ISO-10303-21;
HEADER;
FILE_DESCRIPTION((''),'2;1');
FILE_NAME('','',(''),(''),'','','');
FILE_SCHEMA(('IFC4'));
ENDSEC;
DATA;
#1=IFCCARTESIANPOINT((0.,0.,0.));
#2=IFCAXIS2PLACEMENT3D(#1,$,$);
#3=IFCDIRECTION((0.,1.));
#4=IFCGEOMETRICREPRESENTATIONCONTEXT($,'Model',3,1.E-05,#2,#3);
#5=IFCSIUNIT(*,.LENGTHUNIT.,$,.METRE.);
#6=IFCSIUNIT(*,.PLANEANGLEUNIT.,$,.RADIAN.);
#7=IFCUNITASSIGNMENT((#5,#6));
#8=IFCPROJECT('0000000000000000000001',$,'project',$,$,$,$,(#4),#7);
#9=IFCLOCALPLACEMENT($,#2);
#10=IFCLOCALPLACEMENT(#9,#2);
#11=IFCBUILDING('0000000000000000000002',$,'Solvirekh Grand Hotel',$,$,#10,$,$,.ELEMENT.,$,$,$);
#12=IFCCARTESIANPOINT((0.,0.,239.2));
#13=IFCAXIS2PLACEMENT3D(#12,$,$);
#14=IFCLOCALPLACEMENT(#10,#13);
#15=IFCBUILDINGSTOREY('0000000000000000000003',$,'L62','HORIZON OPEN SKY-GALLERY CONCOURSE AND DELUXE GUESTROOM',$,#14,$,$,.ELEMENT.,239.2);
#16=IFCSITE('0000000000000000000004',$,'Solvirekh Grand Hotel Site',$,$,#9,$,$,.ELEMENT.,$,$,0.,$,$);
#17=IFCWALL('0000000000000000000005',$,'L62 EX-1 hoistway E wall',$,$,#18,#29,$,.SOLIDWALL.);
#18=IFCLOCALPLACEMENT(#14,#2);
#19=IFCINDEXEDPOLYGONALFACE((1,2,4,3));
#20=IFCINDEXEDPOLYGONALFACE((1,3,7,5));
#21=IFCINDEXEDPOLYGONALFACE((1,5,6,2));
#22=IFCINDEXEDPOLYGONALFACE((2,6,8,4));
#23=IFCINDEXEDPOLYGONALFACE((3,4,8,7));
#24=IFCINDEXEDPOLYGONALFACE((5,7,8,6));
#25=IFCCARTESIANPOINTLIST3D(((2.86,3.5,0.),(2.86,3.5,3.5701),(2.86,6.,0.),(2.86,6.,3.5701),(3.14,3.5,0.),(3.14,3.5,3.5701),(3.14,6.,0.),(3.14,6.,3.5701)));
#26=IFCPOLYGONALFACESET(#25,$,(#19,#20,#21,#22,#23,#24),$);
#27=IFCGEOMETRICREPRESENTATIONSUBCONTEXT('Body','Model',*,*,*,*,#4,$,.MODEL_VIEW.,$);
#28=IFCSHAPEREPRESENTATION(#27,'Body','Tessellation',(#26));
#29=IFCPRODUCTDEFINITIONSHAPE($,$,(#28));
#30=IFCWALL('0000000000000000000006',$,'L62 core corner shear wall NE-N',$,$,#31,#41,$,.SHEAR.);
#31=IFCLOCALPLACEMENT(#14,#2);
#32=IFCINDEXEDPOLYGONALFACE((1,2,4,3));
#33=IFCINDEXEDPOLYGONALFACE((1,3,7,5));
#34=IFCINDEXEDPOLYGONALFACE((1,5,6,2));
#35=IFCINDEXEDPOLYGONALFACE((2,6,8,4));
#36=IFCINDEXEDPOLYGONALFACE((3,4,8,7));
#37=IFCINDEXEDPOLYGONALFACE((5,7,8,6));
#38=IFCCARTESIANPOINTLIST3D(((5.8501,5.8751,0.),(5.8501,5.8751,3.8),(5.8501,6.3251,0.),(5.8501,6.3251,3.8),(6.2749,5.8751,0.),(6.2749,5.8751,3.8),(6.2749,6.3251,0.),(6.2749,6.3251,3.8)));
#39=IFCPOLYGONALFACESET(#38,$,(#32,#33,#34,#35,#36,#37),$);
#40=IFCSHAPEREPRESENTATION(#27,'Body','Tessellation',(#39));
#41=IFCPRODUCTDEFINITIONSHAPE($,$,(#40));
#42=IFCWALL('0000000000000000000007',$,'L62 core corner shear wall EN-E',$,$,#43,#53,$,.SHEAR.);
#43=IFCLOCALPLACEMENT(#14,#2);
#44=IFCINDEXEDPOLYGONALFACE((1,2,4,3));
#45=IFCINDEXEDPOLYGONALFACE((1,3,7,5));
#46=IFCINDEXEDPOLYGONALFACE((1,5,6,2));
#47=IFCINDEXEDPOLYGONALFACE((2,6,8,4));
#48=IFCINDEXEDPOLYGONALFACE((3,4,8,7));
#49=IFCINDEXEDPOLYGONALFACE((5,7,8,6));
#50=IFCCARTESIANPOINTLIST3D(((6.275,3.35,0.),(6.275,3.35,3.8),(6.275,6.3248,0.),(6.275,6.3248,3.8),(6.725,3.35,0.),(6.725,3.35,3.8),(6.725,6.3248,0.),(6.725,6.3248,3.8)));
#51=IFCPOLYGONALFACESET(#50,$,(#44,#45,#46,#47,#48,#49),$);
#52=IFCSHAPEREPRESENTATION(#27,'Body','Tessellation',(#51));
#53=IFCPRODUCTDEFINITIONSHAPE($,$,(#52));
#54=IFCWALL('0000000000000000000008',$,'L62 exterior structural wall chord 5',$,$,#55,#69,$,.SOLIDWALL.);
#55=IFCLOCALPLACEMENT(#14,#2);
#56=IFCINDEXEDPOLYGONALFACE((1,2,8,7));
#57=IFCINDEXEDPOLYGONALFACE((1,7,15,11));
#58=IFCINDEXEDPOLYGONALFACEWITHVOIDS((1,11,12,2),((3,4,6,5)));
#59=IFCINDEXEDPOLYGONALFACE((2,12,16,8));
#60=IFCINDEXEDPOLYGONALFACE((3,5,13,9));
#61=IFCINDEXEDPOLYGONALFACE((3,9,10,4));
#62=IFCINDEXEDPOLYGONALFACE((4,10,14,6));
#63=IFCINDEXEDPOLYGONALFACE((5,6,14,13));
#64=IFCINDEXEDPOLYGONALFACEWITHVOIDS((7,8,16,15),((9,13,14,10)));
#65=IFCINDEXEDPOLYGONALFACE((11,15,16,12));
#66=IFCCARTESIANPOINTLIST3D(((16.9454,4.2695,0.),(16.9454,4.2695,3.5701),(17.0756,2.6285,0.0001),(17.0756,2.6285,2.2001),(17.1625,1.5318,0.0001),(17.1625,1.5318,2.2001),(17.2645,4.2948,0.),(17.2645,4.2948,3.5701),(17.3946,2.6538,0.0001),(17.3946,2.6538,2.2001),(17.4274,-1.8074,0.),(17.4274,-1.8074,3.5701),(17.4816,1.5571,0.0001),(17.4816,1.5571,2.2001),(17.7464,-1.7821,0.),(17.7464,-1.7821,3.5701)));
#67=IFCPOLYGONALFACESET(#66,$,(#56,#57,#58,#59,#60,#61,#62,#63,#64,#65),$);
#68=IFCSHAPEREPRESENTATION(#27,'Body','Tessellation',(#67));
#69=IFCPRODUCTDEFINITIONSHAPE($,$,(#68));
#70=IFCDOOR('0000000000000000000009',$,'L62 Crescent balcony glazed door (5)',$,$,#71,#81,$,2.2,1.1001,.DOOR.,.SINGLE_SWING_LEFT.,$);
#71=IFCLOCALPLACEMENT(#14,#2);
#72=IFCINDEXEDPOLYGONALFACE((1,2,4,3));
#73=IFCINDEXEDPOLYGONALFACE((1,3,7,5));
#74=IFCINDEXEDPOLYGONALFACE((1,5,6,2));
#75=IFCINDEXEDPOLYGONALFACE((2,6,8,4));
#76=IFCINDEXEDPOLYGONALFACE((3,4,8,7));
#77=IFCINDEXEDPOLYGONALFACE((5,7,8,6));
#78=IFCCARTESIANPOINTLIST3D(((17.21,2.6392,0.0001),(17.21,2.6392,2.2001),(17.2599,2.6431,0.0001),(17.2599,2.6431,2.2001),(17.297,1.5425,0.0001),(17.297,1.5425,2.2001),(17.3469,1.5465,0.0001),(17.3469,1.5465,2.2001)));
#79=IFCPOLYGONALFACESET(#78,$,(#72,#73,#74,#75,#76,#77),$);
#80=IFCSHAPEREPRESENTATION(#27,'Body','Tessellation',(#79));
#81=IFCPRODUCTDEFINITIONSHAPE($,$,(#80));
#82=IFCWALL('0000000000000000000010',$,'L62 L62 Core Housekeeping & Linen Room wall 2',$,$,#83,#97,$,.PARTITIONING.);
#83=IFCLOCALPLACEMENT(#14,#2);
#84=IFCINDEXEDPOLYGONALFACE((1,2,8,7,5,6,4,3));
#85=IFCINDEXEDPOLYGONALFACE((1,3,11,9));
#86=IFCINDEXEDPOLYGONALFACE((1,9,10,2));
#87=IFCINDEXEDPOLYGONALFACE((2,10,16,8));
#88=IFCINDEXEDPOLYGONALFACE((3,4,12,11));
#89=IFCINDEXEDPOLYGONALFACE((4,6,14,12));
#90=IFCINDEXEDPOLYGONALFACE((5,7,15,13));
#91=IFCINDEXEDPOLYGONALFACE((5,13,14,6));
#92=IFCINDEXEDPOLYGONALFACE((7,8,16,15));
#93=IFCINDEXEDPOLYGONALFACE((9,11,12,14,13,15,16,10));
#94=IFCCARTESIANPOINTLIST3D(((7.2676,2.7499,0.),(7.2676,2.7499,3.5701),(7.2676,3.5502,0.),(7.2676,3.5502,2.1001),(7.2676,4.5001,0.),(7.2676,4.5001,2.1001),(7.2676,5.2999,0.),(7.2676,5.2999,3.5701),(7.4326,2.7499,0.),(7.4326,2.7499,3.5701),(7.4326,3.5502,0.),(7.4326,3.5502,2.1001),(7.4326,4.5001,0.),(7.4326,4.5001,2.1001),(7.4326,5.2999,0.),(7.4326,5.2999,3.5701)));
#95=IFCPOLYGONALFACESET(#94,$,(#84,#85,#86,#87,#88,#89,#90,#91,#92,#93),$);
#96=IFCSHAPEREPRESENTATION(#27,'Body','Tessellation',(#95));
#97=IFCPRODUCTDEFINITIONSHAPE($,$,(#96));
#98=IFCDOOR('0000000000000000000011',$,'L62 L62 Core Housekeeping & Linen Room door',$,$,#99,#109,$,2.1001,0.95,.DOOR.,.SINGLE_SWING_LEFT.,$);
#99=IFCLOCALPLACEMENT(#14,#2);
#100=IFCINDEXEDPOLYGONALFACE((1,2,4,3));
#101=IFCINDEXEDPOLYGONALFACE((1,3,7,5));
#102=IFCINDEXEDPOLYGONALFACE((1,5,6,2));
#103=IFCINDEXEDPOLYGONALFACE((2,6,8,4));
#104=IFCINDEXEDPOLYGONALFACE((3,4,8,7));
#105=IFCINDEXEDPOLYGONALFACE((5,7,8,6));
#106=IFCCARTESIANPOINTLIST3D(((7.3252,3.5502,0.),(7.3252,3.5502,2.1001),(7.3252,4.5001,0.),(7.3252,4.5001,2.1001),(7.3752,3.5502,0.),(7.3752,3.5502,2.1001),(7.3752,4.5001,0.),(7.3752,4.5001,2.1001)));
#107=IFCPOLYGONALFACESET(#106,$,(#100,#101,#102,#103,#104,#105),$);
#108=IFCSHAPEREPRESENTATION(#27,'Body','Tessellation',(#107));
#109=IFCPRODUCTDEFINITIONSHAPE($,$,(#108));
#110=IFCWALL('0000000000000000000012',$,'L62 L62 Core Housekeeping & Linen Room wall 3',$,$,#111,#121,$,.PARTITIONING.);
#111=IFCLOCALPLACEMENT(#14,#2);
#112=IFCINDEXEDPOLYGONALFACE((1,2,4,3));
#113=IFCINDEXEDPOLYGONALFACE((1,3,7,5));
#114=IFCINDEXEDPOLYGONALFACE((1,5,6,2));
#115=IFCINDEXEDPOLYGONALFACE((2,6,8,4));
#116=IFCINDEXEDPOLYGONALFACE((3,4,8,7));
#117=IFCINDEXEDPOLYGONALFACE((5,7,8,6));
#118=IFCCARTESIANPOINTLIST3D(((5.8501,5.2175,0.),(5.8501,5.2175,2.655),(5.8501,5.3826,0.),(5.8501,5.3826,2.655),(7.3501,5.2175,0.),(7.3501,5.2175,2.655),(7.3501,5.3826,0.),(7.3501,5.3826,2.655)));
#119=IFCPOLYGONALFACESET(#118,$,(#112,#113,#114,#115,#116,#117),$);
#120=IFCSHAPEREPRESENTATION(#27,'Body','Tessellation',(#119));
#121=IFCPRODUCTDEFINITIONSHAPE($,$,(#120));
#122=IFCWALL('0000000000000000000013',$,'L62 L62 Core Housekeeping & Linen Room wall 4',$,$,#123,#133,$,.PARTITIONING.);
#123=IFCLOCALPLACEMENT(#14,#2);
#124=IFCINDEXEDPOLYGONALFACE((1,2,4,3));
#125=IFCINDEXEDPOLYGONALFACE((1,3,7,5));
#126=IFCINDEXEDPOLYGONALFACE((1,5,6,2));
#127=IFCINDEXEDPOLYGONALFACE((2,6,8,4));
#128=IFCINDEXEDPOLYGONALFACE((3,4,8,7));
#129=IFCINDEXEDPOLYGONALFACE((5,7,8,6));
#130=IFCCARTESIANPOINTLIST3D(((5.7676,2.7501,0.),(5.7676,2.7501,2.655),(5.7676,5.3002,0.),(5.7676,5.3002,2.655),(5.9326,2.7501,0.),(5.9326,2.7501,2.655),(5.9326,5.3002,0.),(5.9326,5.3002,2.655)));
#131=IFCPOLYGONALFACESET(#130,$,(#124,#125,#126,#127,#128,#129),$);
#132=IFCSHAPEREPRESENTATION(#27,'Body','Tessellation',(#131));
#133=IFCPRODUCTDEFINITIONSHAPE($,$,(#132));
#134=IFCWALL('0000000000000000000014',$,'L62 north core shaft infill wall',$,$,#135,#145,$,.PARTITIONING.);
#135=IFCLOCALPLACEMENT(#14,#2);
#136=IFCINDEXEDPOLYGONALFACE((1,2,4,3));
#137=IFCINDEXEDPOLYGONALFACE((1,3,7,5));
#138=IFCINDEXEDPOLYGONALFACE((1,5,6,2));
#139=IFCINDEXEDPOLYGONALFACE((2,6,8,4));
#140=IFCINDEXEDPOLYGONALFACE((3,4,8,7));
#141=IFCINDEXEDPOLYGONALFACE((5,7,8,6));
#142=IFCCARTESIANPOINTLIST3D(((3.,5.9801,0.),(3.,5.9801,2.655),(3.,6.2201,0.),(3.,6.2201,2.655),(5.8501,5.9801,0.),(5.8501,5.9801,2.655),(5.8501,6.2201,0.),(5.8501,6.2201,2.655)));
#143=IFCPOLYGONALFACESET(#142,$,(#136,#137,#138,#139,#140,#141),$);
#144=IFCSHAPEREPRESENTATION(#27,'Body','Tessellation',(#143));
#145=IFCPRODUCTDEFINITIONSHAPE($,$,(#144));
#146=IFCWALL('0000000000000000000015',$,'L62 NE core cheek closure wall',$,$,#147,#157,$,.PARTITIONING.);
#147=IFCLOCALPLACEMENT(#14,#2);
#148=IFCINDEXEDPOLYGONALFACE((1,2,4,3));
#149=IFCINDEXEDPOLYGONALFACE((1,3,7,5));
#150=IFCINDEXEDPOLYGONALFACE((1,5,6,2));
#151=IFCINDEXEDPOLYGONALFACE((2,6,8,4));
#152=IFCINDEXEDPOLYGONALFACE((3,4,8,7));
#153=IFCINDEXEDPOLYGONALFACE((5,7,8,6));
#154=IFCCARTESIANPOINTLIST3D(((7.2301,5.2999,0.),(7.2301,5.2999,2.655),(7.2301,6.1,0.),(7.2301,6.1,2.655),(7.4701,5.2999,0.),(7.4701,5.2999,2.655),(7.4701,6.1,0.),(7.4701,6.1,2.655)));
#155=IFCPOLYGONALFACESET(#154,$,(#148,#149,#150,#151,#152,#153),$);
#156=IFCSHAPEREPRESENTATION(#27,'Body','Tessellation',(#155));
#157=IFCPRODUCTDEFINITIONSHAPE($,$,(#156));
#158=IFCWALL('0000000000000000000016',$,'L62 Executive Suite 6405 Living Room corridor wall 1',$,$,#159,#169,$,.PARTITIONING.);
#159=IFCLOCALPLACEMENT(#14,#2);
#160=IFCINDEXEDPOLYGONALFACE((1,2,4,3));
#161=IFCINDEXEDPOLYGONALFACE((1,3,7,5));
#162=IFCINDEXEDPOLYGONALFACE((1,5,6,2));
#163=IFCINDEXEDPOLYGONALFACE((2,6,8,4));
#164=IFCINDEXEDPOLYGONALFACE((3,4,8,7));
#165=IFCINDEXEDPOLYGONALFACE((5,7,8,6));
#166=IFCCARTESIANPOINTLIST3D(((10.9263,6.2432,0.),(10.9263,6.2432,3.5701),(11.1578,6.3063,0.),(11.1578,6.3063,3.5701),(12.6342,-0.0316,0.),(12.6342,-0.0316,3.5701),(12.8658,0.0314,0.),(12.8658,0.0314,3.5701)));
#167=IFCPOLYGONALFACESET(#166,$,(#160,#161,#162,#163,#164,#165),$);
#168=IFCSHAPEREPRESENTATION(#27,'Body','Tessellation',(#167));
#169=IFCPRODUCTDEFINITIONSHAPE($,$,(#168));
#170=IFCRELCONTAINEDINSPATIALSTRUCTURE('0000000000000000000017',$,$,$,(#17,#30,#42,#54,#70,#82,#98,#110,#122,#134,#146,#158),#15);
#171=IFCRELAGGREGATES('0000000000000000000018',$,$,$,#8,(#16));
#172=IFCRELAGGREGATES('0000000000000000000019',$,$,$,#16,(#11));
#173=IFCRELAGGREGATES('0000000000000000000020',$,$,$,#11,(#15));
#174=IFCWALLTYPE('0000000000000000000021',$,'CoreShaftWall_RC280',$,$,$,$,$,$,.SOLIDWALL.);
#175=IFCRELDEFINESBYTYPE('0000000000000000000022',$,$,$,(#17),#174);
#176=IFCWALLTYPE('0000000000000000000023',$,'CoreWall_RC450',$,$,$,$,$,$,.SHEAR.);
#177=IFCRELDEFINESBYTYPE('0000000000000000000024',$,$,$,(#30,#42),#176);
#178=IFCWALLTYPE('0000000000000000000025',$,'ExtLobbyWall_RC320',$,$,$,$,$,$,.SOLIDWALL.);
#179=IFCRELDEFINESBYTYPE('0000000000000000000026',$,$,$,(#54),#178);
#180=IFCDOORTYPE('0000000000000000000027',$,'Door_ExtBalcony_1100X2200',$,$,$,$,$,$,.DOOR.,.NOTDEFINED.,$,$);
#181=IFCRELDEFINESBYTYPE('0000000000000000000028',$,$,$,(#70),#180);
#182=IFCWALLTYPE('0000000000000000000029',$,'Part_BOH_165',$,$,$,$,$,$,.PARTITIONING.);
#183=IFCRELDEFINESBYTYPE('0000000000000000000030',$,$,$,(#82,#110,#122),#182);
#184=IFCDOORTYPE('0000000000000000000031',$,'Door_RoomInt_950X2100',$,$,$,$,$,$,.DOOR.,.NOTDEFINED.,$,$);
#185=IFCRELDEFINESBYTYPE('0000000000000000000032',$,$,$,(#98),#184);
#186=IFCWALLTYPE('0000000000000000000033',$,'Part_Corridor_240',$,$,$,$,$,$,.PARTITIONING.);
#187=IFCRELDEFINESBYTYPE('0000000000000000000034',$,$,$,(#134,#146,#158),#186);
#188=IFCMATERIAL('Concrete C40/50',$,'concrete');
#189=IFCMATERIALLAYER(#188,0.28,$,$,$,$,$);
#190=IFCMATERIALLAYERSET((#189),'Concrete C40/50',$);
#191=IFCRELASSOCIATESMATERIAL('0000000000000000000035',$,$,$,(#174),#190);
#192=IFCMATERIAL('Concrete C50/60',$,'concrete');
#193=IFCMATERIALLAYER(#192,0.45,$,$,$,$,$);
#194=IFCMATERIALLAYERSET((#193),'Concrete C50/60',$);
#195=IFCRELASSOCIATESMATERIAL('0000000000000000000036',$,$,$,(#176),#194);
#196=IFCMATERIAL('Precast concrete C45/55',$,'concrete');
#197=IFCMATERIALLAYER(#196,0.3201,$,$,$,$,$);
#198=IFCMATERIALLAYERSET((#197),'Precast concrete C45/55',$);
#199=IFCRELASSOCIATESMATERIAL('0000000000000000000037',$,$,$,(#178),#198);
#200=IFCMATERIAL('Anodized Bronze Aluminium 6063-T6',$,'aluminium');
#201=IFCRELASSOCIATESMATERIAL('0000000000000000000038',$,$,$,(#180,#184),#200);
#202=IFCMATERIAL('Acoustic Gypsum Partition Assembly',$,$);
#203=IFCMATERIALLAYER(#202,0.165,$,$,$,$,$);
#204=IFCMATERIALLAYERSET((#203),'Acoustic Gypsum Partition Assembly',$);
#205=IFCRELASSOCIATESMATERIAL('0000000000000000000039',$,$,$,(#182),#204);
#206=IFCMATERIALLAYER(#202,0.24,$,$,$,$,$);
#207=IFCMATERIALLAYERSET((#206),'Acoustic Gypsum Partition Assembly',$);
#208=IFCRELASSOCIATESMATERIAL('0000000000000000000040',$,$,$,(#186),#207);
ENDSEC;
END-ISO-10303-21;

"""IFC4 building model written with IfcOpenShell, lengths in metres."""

from ifc_helpers import new_model, si_unit, direction, frame, frame_2d, origin, place, context, subcontext, project, spatial, rectangle, extrude, material, layer, layer_set, type_object, element, fill, save


model = new_model("IFC4")

# Units and contexts
model_context = context("Model", 3, precision=1e-05, world=origin(), true_north=direction((0.0, 1.0)))
body_context = subcontext(model_context, "Body", "Model", "MODEL_VIEW")
ifc_project = project(units=[si_unit("LENGTHUNIT", "METRE"), si_unit("PLANEANGLEUNIT", "RADIAN")], contexts=[model_context])

# Site, building, storey
site_placement = place(None, origin())
site = spatial("IfcSite", under=ifc_project, at=site_placement, Name="Solvirekh Grand Hotel Site", CompositionType="ELEMENT", RefElevation=0.0)
building_placement = place(site_placement, origin())
building = spatial("IfcBuilding", under=site, at=building_placement, Name="Solvirekh Grand Hotel", CompositionType="ELEMENT")
storey_placement = place(building_placement, frame((0.0, 0.0, 239.2)))
storey = spatial("IfcBuildingStorey", under=building, at=storey_placement, Name="L62", Description="HORIZON OPEN SKY-GALLERY CONCOURSE AND DELUXE GUESTROOM", CompositionType="ELEMENT", Elevation=239.2)

# Shared definitions
ifc_material_1 = material(Name="Concrete C50/60", Category="concrete")

# Shared definitions
ifc_material_2 = material(Name="Concrete C40/50", Category="concrete")
ifc_layer_1 = layer(ifc_material_2, 0.28)
ifc_layer_set_1 = layer_set([ifc_layer_1], Name="Concrete C40/50")
wall_type_1 = type_object("IfcWallType", Name="CoreShaftWall_RC280", PredefinedType="SOLIDWALL", material=ifc_layer_set_1)

# Walls
wall_1_placement = place(storey_placement, frame((3.0, 3.5, 0.0), z_axis=(0.0, 0.0, 1.0), x_axis=(0.0, 1.0, 0.0)))
element("IfcWall", 1, at=wall_1_placement, inside=storey, type_object=wall_type_1, Name="L62 EX-1 hoistway E wall", PredefinedType="SOLIDWALL", context=body_context, shape_type="SweptSolid", body=[
    extrude(rectangle(XDim=2.5, YDim=0.28, at=frame_2d((1.25, 0.0))), origin(), (0.0, 0.0, 1.0), 3.5701),
])
ifc_layer_2 = layer(ifc_material_1, 0.45)
ifc_layer_set_2 = layer_set([ifc_layer_2], Name="Concrete C50/60")
wall_type_2 = type_object("IfcWallType", Name="CoreWall_RC450", PredefinedType="SHEAR", material=ifc_layer_set_2)
wall_2_placement = place(storey_placement, frame((5.8501, 6.1001, 0.0), z_axis=(0.0, 0.0, 1.0), x_axis=(1.0, 0.0, 0.0)))
element("IfcWall", 2, at=wall_2_placement, inside=storey, type_object=wall_type_2, Name="L62 core corner shear wall NE-N", PredefinedType="SHEAR", context=body_context, shape_type="SweptSolid", body=[
    extrude(rectangle(XDim=0.4248, YDim=0.45, at=frame_2d((0.2124, 0.0))), origin(), (0.0, 0.0, 1.0), 3.8),
])
wall_3_placement = place(storey_placement, frame((6.5, 3.3501, 0.0), z_axis=(0.0, 0.0, 1.0), x_axis=(0.0, 1.0, 0.0)))
element("IfcWall", 3, at=wall_3_placement, inside=storey, type_object=wall_type_2, Name="L62 core corner shear wall EN-E", PredefinedType="SHEAR", context=body_context, shape_type="SweptSolid", body=[
    extrude(rectangle(XDim=2.9749, YDim=0.45, at=frame_2d((1.4873, 0.0))), origin(), (0.0, 0.0, 1.0), 3.8),
])

# Walls, openings, doors
ifc_material_3 = material(Name="Precast concrete C45/55", Category="concrete")
ifc_layer_3 = layer(ifc_material_3, 0.3201)
ifc_layer_set_3 = layer_set([ifc_layer_3], Name="Precast concrete C45/55")
wall_type_3 = type_object("IfcWallType", Name="ExtLobbyWall_RC320", PredefinedType="SOLIDWALL", material=ifc_layer_set_3)
wall_4_placement = place(storey_placement, frame((17.105, 4.282, 0.0), z_axis=(0.0, 0.0, 1.0), x_axis=(0.079058, -0.99687, 0.0)))
wall_4 = element("IfcWall", 4, at=wall_4_placement, inside=storey, type_object=wall_type_3, Name="L62 exterior structural wall chord 5", PredefinedType="SOLIDWALL", context=body_context, shape_type="SweptSolid", body=[
    extrude(rectangle(XDim=6.0959, YDim=0.3201, at=frame_2d((3.0479, 0.0))), origin(), (0.0, 0.0, 1.0), 3.5701),
])
opening_1_placement = place(wall_4_placement, frame((1.646, 0.0, 0.0)))
opening_1 = element("IfcOpeningElement", 5, at=opening_1_placement, cuts=wall_4, PredefinedType="OPENING", context=body_context, shape_type="SweptSolid", body=[
    extrude(rectangle(XDim=1.1001, YDim=2.2, at=frame_2d((0.55, 1.1001))), frame((0.0, 0.1699, 0.0), z_axis=(0.0, -1.0, 0.0), x_axis=(1.0, 0.0, 0.0)), (0.0, 0.0, 1.0), 0.3401),
])
ifc_material_4 = material(Name="Anodized Bronze Aluminium 6063-T6", Category="aluminium")
door_type_1 = type_object("IfcDoorType", Name="Door_ExtBalcony_1100X2200", OperationType="NOTDEFINED", PredefinedType="DOOR", material=ifc_material_4)
door_1_placement = place(opening_1_placement, origin())
door_1 = element("IfcDoor", 6, at=door_1_placement, inside=storey, type_object=door_type_1, Name="L62 Crescent balcony glazed door (5)", OperationType="SINGLE_SWING_LEFT", OverallHeight=2.2, OverallWidth=1.1001, PredefinedType="DOOR", context=body_context, shape_type="SweptSolid", body=[
    extrude(rectangle(XDim=1.1001, YDim=2.2, at=frame_2d((0.55, 1.1001))), frame((0.0, 0.0249, 0.0), z_axis=(0.0, -1.0, 0.0), x_axis=(1.0, 0.0, 0.0)), (0.0, 0.0, 1.0), 0.05),
])
fill(opening_1, door_1)
ifc_material_5 = material(Name="Acoustic Gypsum Partition Assembly")
ifc_layer_4 = layer(ifc_material_5, 0.165)
ifc_layer_set_4 = layer_set([ifc_layer_4], Name="Acoustic Gypsum Partition Assembly")
wall_type_4 = type_object("IfcWallType", Name="Part_BOH_165", PredefinedType="PARTITIONING", material=ifc_layer_set_4)
wall_5_placement = place(storey_placement, frame((7.3501, 2.75, 0.0), z_axis=(0.0, 0.0, 1.0), x_axis=(0.0, 1.0, 0.0)))
wall_5 = element("IfcWall", 7, at=wall_5_placement, inside=storey, type_object=wall_type_4, Name="L62 L62 Core Housekeeping & Linen Room wall 2", PredefinedType="PARTITIONING", context=body_context, shape_type="SweptSolid", body=[
    extrude(rectangle(XDim=2.55, YDim=0.165, at=frame_2d((1.2749, 0.0))), origin(), (0.0, 0.0, 1.0), 3.5701),
])
opening_2_placement = place(wall_5_placement, frame((0.8, 0.0, 0.0)))
opening_2 = element("IfcOpeningElement", 8, at=opening_2_placement, cuts=wall_5, PredefinedType="OPENING", context=body_context, shape_type="SweptSolid", body=[
    extrude(rectangle(XDim=0.95, YDim=2.1001, at=frame_2d((0.4751, 1.05))), frame((0.0, 0.0925, 0.0), z_axis=(0.0, -1.0, 0.0), x_axis=(1.0, 0.0, 0.0)), (0.0, 0.0, 1.0), 0.1851),
])
door_type_2 = type_object("IfcDoorType", Name="Door_RoomInt_950X2100", OperationType="NOTDEFINED", PredefinedType="DOOR", material=ifc_material_4)
door_2_placement = place(opening_2_placement, origin())
door_2 = element("IfcDoor", 9, at=door_2_placement, inside=storey, type_object=door_type_2, Name="L62 L62 Core Housekeeping & Linen Room door", OperationType="SINGLE_SWING_LEFT", OverallHeight=2.1001, OverallWidth=0.95, PredefinedType="DOOR", context=body_context, shape_type="SweptSolid", body=[
    extrude(rectangle(XDim=0.95, YDim=2.1001, at=frame_2d((0.4751, 1.05))), frame((0.0, 0.0249, 0.0), z_axis=(0.0, -1.0, 0.0), x_axis=(1.0, 0.0, 0.0)), (0.0, 0.0, 1.0), 0.05),
])
fill(opening_2, door_2)

# Walls
wall_6_placement = place(storey_placement, frame((7.3501, 5.3, 0.0), z_axis=(0.0, 0.0, 1.0), x_axis=(-1.0, 0.0, 0.0)))
element("IfcWall", 10, at=wall_6_placement, inside=storey, type_object=wall_type_4, Name="L62 L62 Core Housekeeping & Linen Room wall 3", PredefinedType="PARTITIONING", context=body_context, shape_type="SweptSolid", body=[
    extrude(rectangle(XDim=1.5, YDim=0.165, at=frame_2d((0.75, 0.0))), origin(), (0.0, 0.0, 1.0), 2.655),
])
wall_7_placement = place(storey_placement, frame((5.8501, 5.3, 0.0), z_axis=(0.0, 0.0, 1.0), x_axis=(0.0, -1.0, 0.0)))
element("IfcWall", 11, at=wall_7_placement, inside=storey, type_object=wall_type_4, Name="L62 L62 Core Housekeeping & Linen Room wall 4", PredefinedType="PARTITIONING", context=body_context, shape_type="SweptSolid", body=[
    extrude(rectangle(XDim=2.55, YDim=0.165, at=frame_2d((1.2749, 0.0))), origin(), (0.0, 0.0, 1.0), 2.655),
])
ifc_layer_5 = layer(ifc_material_5, 0.24)
ifc_layer_set_5 = layer_set([ifc_layer_5], Name="Acoustic Gypsum Partition Assembly")
wall_type_5 = type_object("IfcWallType", Name="Part_Corridor_240", PredefinedType="PARTITIONING", material=ifc_layer_set_5)
wall_8_placement = place(storey_placement, frame((3.0, 6.1001, 0.0), z_axis=(0.0, 0.0, 1.0), x_axis=(1.0, 0.0, 0.0)))
element("IfcWall", 12, at=wall_8_placement, inside=storey, type_object=wall_type_5, Name="L62 north core shaft infill wall", PredefinedType="PARTITIONING", context=body_context, shape_type="SweptSolid", body=[
    extrude(rectangle(XDim=2.8501, YDim=0.24, at=frame_2d((1.425, 0.0))), origin(), (0.0, 0.0, 1.0), 2.655),
])
wall_9_placement = place(storey_placement, frame((7.3501, 5.3, 0.0), z_axis=(0.0, 0.0, 1.0), x_axis=(0.0, 1.0, 0.0)))
element("IfcWall", 13, at=wall_9_placement, inside=storey, type_object=wall_type_5, Name="L62 NE core cheek closure wall", PredefinedType="PARTITIONING", context=body_context, shape_type="SweptSolid", body=[
    extrude(rectangle(XDim=0.8, YDim=0.24, at=frame_2d((0.3999, 0.0))), origin(), (0.0, 0.0, 1.0), 2.655),
])
wall_10_placement = place(storey_placement, frame((12.75, 0.0, 0.0), z_axis=(0.0, 0.0, 1.0), x_axis=(-0.262641, 0.964894, 0.0)))
element("IfcWall", 14, at=wall_10_placement, inside=storey, type_object=wall_type_5, Name="L62 Executive Suite 6405 Living Room corridor wall 1", PredefinedType="PARTITIONING", context=body_context, shape_type="SweptSolid", body=[
    extrude(rectangle(XDim=6.5032, YDim=0.24, at=frame_2d((3.2515, 0.0))), origin(), (0.0, 0.0, 1.0), 3.5701),
])

save(model, "model.ifc")
